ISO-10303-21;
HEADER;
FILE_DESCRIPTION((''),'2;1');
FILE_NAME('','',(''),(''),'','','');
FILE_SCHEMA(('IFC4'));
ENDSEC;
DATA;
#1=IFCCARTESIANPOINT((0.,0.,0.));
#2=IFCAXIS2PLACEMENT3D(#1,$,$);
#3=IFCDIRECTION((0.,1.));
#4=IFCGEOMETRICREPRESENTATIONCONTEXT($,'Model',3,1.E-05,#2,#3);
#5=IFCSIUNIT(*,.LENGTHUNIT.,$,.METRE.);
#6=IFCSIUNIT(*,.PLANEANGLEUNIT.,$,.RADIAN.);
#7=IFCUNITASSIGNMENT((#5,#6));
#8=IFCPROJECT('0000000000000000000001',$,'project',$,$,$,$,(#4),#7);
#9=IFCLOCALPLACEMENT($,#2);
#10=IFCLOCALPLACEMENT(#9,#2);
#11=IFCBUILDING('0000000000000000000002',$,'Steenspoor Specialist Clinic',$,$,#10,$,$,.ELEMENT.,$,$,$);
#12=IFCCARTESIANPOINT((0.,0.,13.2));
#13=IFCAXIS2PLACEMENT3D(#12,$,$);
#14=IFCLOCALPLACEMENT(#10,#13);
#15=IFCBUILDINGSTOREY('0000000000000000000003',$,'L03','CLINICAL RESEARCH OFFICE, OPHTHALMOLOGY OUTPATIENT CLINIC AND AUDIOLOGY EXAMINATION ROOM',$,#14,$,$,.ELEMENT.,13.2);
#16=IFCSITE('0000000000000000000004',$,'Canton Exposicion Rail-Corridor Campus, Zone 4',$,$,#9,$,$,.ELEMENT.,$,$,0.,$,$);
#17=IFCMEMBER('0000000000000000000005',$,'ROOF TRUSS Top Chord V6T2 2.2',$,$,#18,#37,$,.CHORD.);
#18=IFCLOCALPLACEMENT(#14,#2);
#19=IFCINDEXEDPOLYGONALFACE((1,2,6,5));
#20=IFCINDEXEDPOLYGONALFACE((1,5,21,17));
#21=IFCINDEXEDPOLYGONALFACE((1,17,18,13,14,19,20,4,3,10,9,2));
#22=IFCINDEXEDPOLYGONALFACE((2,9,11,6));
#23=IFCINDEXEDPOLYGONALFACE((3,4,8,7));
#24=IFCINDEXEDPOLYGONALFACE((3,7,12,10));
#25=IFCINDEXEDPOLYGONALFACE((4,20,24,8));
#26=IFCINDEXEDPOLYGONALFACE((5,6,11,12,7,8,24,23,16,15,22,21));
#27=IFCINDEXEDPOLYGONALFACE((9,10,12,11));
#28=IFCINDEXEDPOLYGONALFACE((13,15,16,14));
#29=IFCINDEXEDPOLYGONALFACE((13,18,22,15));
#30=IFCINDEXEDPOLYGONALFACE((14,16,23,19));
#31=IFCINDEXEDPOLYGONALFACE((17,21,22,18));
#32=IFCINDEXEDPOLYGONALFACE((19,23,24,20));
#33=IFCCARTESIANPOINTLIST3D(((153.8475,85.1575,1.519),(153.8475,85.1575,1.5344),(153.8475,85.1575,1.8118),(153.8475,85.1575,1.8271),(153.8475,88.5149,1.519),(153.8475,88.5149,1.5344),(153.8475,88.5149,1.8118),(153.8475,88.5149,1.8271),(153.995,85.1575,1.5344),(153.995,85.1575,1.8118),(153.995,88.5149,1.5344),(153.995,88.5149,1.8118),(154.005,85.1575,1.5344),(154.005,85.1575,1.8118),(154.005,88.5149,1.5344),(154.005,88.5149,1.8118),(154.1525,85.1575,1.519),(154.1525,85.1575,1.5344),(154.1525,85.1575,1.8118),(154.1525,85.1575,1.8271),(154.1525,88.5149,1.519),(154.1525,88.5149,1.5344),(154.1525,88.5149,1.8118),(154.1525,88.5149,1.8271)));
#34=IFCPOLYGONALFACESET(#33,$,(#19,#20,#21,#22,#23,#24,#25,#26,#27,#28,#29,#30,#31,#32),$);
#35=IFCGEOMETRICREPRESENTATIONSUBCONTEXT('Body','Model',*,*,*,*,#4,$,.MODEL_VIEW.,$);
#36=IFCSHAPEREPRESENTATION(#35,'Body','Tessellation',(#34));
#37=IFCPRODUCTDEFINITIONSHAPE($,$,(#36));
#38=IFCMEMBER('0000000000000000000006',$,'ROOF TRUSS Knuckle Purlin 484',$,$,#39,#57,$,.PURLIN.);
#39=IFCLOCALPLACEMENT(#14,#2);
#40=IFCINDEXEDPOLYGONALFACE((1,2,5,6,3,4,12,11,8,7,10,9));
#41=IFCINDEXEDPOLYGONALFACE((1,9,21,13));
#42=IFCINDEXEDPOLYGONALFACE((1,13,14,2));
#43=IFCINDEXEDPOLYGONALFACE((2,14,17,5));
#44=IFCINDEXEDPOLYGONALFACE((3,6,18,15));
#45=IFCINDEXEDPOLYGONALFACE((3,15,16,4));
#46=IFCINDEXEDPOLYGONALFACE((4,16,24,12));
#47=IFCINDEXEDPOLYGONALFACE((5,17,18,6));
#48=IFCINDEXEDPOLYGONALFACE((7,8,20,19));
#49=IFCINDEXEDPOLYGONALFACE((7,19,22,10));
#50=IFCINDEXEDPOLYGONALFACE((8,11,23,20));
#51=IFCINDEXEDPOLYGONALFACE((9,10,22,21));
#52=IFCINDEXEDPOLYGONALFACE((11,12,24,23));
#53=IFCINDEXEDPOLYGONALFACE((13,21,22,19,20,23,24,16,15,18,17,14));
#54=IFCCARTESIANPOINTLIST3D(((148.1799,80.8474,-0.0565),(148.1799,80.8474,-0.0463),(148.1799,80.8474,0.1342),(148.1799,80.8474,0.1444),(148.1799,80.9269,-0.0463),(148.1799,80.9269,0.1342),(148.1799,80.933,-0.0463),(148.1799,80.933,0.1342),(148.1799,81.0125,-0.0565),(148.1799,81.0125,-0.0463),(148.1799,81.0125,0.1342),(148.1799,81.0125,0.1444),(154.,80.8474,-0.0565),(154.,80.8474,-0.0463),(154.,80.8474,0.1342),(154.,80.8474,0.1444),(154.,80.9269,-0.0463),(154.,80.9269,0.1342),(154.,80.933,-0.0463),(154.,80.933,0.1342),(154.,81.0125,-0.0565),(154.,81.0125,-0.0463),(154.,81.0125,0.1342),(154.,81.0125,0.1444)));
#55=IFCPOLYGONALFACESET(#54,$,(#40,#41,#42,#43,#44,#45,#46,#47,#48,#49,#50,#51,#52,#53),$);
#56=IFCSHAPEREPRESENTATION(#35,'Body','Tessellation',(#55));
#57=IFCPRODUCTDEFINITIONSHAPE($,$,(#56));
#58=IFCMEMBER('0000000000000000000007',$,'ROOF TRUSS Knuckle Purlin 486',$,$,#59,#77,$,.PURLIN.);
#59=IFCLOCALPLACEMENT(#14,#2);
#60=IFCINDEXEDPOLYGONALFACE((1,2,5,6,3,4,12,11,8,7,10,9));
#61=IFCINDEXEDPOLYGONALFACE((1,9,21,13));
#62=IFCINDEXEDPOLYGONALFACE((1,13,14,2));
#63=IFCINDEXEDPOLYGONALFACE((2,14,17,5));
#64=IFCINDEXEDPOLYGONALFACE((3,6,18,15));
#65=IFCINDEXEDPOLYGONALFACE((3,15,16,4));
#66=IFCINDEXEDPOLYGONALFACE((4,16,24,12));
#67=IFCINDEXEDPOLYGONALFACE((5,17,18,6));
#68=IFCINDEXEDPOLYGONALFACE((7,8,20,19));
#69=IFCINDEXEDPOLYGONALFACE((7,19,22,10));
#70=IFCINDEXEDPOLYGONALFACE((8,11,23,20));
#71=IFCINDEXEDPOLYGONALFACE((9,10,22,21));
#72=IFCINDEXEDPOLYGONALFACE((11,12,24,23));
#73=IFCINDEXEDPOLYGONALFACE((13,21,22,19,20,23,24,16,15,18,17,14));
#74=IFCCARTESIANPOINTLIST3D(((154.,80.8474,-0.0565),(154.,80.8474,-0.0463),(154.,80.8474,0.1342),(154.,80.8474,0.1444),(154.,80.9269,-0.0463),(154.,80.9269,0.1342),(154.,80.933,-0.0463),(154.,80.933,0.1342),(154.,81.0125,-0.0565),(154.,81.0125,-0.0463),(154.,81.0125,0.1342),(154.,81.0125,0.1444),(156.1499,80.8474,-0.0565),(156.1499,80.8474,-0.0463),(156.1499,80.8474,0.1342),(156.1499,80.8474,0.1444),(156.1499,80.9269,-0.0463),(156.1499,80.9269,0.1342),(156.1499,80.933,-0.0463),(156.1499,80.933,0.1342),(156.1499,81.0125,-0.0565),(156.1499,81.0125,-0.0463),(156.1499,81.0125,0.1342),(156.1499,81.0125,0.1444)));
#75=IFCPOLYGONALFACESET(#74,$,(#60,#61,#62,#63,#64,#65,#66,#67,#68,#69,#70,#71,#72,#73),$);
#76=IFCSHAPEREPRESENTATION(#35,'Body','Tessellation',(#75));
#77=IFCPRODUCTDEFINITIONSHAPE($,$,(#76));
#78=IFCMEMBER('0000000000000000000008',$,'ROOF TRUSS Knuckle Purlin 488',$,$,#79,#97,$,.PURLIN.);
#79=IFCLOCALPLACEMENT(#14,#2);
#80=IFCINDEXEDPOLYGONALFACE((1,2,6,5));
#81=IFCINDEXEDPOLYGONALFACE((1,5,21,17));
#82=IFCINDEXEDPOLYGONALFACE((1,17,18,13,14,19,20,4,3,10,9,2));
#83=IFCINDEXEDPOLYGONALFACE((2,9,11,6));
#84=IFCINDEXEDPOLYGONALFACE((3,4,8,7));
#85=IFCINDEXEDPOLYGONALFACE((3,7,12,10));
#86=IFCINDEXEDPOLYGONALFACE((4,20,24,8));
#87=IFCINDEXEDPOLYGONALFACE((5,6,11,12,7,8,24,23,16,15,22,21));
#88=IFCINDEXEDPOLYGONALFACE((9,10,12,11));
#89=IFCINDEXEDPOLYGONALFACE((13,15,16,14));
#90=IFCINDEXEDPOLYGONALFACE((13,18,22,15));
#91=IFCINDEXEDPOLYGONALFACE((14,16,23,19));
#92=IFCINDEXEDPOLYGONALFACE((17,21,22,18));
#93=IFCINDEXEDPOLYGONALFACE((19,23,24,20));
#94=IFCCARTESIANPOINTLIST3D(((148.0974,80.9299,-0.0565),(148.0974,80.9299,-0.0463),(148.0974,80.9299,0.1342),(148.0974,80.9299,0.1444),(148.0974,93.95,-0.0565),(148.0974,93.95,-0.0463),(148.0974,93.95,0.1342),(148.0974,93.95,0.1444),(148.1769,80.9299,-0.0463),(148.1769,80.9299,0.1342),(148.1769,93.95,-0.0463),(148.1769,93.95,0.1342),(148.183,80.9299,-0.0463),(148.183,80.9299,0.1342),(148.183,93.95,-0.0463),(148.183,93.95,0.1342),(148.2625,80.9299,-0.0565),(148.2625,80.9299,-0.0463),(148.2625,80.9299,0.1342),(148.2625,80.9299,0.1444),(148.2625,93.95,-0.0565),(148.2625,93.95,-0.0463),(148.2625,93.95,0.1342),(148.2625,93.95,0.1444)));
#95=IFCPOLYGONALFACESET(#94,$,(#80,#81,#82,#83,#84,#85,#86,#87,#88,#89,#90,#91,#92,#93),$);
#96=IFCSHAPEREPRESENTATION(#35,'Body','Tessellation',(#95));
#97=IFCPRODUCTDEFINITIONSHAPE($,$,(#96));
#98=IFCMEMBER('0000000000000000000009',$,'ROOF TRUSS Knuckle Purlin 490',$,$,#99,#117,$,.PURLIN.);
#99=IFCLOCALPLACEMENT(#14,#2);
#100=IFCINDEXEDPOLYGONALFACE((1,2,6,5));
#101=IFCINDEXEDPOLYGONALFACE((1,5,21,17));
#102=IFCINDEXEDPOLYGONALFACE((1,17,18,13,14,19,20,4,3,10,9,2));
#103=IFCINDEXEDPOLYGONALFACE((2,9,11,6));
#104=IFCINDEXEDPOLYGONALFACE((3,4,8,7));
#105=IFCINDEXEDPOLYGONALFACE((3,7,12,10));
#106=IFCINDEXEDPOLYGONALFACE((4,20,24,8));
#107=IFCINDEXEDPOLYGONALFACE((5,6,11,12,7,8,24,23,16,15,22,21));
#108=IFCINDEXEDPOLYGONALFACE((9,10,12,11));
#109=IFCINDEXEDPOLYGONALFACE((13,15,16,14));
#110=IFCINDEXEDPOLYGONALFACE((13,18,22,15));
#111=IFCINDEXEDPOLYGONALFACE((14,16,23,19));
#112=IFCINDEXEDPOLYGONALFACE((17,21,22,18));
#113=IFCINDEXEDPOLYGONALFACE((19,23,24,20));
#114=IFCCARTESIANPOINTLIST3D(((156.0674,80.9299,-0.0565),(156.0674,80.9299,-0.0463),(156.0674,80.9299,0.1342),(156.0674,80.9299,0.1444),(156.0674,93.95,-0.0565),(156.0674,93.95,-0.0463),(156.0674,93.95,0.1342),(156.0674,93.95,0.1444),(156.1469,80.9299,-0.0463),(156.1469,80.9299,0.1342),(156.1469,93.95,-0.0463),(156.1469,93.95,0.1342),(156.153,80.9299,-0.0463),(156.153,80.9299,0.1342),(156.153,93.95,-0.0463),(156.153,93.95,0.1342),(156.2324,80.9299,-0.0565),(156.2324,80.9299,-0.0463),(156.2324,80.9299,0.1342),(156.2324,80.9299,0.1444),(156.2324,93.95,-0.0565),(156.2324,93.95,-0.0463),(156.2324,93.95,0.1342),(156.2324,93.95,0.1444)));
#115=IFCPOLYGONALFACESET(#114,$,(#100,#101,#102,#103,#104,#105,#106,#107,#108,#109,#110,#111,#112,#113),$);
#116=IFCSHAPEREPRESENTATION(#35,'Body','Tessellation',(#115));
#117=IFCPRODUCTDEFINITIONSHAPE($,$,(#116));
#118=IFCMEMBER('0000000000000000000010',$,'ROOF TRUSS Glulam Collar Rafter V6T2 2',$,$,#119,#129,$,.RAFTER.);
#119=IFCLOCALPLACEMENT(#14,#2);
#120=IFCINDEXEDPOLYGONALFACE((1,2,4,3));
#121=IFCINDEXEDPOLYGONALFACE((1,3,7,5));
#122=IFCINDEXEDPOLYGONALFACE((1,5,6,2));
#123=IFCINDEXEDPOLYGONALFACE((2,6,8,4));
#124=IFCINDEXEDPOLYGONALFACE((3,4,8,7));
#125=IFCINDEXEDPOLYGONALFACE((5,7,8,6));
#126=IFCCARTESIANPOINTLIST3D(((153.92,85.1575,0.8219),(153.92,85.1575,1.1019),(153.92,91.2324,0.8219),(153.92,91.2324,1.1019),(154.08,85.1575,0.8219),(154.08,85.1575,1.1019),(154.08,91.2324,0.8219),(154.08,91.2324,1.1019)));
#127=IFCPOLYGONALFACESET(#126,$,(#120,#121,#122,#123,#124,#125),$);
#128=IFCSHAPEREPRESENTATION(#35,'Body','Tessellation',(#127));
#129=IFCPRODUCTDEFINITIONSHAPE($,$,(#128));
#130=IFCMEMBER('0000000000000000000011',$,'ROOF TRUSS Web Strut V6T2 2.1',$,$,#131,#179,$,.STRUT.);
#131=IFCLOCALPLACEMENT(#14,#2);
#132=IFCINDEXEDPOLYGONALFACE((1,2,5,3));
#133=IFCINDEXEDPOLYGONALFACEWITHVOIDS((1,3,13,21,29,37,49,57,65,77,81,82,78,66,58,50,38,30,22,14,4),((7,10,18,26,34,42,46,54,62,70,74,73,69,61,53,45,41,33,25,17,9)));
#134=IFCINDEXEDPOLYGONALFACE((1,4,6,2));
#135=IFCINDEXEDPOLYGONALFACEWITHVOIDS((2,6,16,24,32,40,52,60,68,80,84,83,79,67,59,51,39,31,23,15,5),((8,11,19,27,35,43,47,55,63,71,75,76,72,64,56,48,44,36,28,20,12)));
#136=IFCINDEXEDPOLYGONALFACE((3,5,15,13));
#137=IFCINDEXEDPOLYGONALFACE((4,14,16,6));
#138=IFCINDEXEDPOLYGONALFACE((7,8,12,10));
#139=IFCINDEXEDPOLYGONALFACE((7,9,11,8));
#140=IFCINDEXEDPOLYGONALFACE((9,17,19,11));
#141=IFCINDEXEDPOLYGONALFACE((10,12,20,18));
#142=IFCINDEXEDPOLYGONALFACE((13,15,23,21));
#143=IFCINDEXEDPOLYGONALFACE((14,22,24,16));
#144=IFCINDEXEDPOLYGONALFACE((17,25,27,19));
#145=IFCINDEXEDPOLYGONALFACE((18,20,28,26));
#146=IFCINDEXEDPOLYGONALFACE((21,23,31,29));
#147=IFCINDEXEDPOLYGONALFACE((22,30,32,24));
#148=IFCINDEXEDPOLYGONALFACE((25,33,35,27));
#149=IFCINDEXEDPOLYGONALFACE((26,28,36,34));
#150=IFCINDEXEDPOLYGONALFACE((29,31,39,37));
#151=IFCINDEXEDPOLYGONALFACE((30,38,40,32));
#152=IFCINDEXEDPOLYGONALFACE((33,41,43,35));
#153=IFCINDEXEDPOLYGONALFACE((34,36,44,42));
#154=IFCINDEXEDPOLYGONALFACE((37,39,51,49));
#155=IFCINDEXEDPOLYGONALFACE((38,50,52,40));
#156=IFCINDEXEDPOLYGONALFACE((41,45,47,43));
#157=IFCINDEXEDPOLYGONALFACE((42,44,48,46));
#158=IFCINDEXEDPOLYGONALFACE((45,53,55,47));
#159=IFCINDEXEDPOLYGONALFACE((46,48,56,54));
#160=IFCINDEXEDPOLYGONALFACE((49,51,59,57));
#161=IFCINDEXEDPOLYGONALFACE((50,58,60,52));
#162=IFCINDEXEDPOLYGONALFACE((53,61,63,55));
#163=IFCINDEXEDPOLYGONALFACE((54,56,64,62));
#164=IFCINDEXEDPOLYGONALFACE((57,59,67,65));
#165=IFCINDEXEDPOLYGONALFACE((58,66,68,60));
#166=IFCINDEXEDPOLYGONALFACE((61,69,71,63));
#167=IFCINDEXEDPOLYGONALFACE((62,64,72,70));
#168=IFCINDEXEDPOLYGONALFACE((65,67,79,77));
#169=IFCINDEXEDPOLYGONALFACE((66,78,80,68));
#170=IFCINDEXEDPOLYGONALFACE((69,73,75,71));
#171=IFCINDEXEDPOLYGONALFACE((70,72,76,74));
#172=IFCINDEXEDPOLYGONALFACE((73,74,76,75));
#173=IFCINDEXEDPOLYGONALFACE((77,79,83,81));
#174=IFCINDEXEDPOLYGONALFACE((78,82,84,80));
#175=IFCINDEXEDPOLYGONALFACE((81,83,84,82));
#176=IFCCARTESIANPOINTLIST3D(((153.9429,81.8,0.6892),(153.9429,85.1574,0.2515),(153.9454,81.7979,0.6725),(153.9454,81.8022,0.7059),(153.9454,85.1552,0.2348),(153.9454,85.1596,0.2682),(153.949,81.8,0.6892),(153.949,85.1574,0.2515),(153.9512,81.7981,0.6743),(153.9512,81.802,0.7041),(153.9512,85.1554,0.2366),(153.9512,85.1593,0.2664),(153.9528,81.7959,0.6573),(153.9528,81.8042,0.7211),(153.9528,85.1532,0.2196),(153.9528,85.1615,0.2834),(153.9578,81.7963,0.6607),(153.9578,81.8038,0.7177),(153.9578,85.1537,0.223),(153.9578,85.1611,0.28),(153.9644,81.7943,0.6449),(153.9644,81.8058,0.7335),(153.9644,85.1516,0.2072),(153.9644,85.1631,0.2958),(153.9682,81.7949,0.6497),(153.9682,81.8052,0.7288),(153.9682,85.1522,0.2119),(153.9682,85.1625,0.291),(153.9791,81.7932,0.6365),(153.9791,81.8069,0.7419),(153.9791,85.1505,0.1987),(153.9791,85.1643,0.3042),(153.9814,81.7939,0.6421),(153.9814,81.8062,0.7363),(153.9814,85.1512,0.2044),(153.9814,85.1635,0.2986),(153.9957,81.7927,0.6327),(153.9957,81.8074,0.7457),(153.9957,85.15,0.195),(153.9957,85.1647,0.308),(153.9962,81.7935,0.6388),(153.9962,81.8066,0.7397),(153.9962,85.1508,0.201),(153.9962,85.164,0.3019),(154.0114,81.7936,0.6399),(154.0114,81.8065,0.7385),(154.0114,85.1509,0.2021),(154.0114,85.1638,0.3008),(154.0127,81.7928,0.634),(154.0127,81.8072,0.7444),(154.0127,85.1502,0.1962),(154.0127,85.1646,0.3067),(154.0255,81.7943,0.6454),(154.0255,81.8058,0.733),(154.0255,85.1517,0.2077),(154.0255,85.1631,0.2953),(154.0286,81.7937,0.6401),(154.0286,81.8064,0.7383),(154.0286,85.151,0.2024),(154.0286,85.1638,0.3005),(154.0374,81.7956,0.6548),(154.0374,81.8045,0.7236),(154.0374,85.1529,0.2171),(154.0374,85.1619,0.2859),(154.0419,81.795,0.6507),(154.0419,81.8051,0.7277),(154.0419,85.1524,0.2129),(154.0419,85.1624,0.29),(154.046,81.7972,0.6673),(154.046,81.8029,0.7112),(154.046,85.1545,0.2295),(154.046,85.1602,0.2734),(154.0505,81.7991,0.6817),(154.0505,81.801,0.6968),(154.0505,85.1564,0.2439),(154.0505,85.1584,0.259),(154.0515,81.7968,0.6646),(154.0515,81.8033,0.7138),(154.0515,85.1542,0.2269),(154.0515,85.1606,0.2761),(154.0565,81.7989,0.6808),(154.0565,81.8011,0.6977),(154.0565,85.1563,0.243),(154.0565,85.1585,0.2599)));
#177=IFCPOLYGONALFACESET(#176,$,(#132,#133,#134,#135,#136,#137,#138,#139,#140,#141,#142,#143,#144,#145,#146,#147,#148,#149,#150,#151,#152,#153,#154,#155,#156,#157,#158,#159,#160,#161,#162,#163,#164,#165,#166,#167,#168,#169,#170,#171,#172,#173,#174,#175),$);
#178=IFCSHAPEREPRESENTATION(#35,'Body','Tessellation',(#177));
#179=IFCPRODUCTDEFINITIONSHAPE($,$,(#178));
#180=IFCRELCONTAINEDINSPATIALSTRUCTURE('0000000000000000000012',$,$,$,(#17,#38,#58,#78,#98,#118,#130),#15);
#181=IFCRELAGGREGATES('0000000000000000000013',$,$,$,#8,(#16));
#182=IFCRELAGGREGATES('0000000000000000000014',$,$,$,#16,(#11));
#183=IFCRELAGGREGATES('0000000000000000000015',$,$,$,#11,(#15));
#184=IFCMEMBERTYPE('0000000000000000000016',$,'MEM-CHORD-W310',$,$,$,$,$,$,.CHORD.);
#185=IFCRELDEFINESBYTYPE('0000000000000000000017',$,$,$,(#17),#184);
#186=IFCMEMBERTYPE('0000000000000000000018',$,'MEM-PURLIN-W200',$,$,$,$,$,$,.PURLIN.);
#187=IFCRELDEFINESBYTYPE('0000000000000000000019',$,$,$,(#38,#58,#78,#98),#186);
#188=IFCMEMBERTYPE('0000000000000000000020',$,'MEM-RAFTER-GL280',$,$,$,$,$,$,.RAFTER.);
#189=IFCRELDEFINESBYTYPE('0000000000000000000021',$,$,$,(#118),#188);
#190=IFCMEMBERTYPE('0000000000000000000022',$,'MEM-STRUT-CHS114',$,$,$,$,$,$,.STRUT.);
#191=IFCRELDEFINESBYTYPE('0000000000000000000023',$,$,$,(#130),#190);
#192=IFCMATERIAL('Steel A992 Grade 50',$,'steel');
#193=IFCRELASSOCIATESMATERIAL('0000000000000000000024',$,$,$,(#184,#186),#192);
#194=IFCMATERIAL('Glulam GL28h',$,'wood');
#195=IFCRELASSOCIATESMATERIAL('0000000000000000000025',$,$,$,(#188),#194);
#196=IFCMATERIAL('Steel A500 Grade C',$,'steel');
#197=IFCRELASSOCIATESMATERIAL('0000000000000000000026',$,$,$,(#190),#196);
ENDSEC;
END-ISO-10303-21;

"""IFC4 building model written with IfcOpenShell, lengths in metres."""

from ifc_helpers import new_model, si_unit, direction, frame, origin, origin_2d, place, context, subcontext, project, spatial, rectangle, hollow_circle, i_section, extrude, material, material_profile, profile_set, type_object, element, save


model = new_model("IFC4")

# Units and contexts
model_context = context("Model", 3, precision=1e-05, world=origin(), true_north=direction((0.0, 1.0)))
body_context = subcontext(model_context, "Body", "Model", "MODEL_VIEW")
ifc_project = project(units=[si_unit("LENGTHUNIT", "METRE"), si_unit("PLANEANGLEUNIT", "RADIAN")], contexts=[model_context])

# Site, building, storey
site_placement = place(None, origin())
site = spatial("IfcSite", under=ifc_project, at=site_placement, Name="Canton Exposicion Rail-Corridor Campus, Zone 4", CompositionType="ELEMENT", RefElevation=0.0)
building_placement = place(site_placement, origin())
building = spatial("IfcBuilding", under=site, at=building_placement, Name="Steenspoor Specialist Clinic", CompositionType="ELEMENT")
storey_placement = place(building_placement, frame((0.0, 0.0, 13.2)))
storey = spatial("IfcBuildingStorey", under=building, at=storey_placement, Name="L03", Description="CLINICAL RESEARCH OFFICE, OPHTHALMOLOGY OUTPATIENT CLINIC AND AUDIOLOGY EXAMINATION ROOM", CompositionType="ELEMENT", Elevation=13.2)

# Members
ifc_material_1 = material(Name="Steel A500 Grade C", Category="steel")
ifc_material_2 = material(Name="Steel A992 Grade 50", Category="steel")
ifc_material_profile_1 = material_profile(ifc_material_2, i_section(OverallWidth=0.3049, OverallDepth=0.3081, WebThickness=0.01, FlangeThickness=0.0154, at=origin_2d()), Name="W310X97")
ifc_profile_set_1 = profile_set([ifc_material_profile_1], Name="Steel A992 Grade 50")
member_type_1 = type_object("IfcMemberType", Name="MEM-CHORD-W310", PredefinedType="CHORD", material=ifc_profile_set_1)
member_1_placement = place(storey_placement, frame((154.0, 85.1575, 1.6731), z_axis=(0.0, 1.0, 0.0), x_axis=(-1.0, 0.0, 0.0)))
element("IfcMember", 1, at=member_1_placement, inside=storey, type_object=member_type_1, Name="ROOF TRUSS Top Chord V6T2 2.2", PredefinedType="CHORD", context=body_context, shape_type="SweptSolid", body=[
    extrude(i_section(OverallWidth=0.3049, OverallDepth=0.3081, WebThickness=0.01, FlangeThickness=0.0154, at=origin_2d()), origin(), (0.0, 0.0, 1.0), 3.3574),
])
ifc_material_profile_2 = material_profile(ifc_material_2, i_section(OverallWidth=0.165, OverallDepth=0.2009, WebThickness=0.0061, FlangeThickness=0.0103, at=origin_2d()), Name="W200X36")
ifc_profile_set_2 = profile_set([ifc_material_profile_2], Name="Steel A992 Grade 50")
member_type_2 = type_object("IfcMemberType", Name="MEM-PURLIN-W200", PredefinedType="PURLIN", material=ifc_profile_set_2)
member_2_placement = place(storey_placement, frame((148.1799, 80.9299, 0.0439), z_axis=(1.0, 0.0, 0.0), x_axis=(0.0, 1.0, 0.0)))
element("IfcMember", 2, at=member_2_placement, inside=storey, type_object=member_type_2, Name="ROOF TRUSS Knuckle Purlin 484", PredefinedType="PURLIN", context=body_context, shape_type="SweptSolid", body=[
    extrude(i_section(OverallWidth=0.165, OverallDepth=0.2009, WebThickness=0.0061, FlangeThickness=0.0103, at=origin_2d()), origin(), (0.0, 0.0, 1.0), 5.8201),
])
member_3_placement = place(storey_placement, frame((154.0, 80.9299, 0.0439), z_axis=(1.0, 0.0, 0.0), x_axis=(0.0, 1.0, 0.0)))
element("IfcMember", 3, at=member_3_placement, inside=storey, type_object=member_type_2, Name="ROOF TRUSS Knuckle Purlin 486", PredefinedType="PURLIN", context=body_context, shape_type="SweptSolid", body=[
    extrude(i_section(OverallWidth=0.165, OverallDepth=0.2009, WebThickness=0.0061, FlangeThickness=0.0103, at=origin_2d()), origin(), (0.0, 0.0, 1.0), 2.1499),
])
for number, where, z_axis, x_axis, name in (
    (4, (148.1799, 80.9299, 0.0439), (0.0, 1.0, 0.0), (-1.0, 0.0, 0.0), "ROOF TRUSS Knuckle Purlin 488"),
    (5, (156.1499, 80.9299, 0.0439), (0.0, 1.0, 0.0), (-1.0, 0.0, 0.0), "ROOF TRUSS Knuckle Purlin 490"),
):
    element("IfcMember", number, at=place(storey_placement, frame(where, z_axis=z_axis, x_axis=x_axis)), inside=storey, type_object=member_type_2, Name=name, PredefinedType="PURLIN", context=body_context, shape_type="SweptSolid", body=[
        extrude(i_section(OverallWidth=0.165, OverallDepth=0.2009, WebThickness=0.0061, FlangeThickness=0.0103, at=origin_2d()), origin(), (0.0, 0.0, 1.0), 13.02),
    ])
ifc_material_3 = material(Name="Glulam GL28h", Category="wood")
ifc_material_profile_3 = material_profile(ifc_material_3, rectangle(XDim=0.1599, YDim=0.28, at=origin_2d()), Name="GL28H-160X280")
ifc_profile_set_3 = profile_set([ifc_material_profile_3], Name="Glulam GL28h")
member_type_3 = type_object("IfcMemberType", Name="MEM-RAFTER-GL280", PredefinedType="RAFTER", material=ifc_profile_set_3)
member_4_placement = place(storey_placement, frame((154.0, 85.1575, 0.9619), z_axis=(0.0, 1.0, 0.0), x_axis=(-1.0, 0.0, 0.0)))
element("IfcMember", 6, at=member_4_placement, inside=storey, type_object=member_type_3, Name="ROOF TRUSS Glulam Collar Rafter V6T2 2", PredefinedType="RAFTER", context=body_context, shape_type="SweptSolid", body=[
    extrude(rectangle(XDim=0.1599, YDim=0.28, at=origin_2d()), origin(), (0.0, 0.0, 1.0), 6.075),
])
ifc_material_profile_4 = material_profile(ifc_material_1, hollow_circle(Radius=0.0571, WallThickness=0.0061, at=origin_2d()), Name="CHS114X6.0")
ifc_profile_set_4 = profile_set([ifc_material_profile_4], Name="Steel A500 Grade C")
member_type_4 = type_object("IfcMemberType", Name="MEM-STRUT-CHS114", PredefinedType="STRUT", material=ifc_profile_set_4)
member_5_placement = place(storey_placement, frame((154.0, 81.8, 0.6892), z_axis=(0.0, 0.991607, -0.129287), x_axis=(-1.0, 0.0, 0.0)))
element("IfcMember", 7, at=member_5_placement, inside=storey, type_object=member_type_4, Name="ROOF TRUSS Web Strut V6T2 2.1", PredefinedType="STRUT", context=body_context, shape_type="SweptSolid", body=[
    extrude(hollow_circle(Radius=0.0571, WallThickness=0.0061, at=origin_2d()), origin(), (0.0, 0.0, 1.0), 3.3857),
])

save(model, "model.ifc")
